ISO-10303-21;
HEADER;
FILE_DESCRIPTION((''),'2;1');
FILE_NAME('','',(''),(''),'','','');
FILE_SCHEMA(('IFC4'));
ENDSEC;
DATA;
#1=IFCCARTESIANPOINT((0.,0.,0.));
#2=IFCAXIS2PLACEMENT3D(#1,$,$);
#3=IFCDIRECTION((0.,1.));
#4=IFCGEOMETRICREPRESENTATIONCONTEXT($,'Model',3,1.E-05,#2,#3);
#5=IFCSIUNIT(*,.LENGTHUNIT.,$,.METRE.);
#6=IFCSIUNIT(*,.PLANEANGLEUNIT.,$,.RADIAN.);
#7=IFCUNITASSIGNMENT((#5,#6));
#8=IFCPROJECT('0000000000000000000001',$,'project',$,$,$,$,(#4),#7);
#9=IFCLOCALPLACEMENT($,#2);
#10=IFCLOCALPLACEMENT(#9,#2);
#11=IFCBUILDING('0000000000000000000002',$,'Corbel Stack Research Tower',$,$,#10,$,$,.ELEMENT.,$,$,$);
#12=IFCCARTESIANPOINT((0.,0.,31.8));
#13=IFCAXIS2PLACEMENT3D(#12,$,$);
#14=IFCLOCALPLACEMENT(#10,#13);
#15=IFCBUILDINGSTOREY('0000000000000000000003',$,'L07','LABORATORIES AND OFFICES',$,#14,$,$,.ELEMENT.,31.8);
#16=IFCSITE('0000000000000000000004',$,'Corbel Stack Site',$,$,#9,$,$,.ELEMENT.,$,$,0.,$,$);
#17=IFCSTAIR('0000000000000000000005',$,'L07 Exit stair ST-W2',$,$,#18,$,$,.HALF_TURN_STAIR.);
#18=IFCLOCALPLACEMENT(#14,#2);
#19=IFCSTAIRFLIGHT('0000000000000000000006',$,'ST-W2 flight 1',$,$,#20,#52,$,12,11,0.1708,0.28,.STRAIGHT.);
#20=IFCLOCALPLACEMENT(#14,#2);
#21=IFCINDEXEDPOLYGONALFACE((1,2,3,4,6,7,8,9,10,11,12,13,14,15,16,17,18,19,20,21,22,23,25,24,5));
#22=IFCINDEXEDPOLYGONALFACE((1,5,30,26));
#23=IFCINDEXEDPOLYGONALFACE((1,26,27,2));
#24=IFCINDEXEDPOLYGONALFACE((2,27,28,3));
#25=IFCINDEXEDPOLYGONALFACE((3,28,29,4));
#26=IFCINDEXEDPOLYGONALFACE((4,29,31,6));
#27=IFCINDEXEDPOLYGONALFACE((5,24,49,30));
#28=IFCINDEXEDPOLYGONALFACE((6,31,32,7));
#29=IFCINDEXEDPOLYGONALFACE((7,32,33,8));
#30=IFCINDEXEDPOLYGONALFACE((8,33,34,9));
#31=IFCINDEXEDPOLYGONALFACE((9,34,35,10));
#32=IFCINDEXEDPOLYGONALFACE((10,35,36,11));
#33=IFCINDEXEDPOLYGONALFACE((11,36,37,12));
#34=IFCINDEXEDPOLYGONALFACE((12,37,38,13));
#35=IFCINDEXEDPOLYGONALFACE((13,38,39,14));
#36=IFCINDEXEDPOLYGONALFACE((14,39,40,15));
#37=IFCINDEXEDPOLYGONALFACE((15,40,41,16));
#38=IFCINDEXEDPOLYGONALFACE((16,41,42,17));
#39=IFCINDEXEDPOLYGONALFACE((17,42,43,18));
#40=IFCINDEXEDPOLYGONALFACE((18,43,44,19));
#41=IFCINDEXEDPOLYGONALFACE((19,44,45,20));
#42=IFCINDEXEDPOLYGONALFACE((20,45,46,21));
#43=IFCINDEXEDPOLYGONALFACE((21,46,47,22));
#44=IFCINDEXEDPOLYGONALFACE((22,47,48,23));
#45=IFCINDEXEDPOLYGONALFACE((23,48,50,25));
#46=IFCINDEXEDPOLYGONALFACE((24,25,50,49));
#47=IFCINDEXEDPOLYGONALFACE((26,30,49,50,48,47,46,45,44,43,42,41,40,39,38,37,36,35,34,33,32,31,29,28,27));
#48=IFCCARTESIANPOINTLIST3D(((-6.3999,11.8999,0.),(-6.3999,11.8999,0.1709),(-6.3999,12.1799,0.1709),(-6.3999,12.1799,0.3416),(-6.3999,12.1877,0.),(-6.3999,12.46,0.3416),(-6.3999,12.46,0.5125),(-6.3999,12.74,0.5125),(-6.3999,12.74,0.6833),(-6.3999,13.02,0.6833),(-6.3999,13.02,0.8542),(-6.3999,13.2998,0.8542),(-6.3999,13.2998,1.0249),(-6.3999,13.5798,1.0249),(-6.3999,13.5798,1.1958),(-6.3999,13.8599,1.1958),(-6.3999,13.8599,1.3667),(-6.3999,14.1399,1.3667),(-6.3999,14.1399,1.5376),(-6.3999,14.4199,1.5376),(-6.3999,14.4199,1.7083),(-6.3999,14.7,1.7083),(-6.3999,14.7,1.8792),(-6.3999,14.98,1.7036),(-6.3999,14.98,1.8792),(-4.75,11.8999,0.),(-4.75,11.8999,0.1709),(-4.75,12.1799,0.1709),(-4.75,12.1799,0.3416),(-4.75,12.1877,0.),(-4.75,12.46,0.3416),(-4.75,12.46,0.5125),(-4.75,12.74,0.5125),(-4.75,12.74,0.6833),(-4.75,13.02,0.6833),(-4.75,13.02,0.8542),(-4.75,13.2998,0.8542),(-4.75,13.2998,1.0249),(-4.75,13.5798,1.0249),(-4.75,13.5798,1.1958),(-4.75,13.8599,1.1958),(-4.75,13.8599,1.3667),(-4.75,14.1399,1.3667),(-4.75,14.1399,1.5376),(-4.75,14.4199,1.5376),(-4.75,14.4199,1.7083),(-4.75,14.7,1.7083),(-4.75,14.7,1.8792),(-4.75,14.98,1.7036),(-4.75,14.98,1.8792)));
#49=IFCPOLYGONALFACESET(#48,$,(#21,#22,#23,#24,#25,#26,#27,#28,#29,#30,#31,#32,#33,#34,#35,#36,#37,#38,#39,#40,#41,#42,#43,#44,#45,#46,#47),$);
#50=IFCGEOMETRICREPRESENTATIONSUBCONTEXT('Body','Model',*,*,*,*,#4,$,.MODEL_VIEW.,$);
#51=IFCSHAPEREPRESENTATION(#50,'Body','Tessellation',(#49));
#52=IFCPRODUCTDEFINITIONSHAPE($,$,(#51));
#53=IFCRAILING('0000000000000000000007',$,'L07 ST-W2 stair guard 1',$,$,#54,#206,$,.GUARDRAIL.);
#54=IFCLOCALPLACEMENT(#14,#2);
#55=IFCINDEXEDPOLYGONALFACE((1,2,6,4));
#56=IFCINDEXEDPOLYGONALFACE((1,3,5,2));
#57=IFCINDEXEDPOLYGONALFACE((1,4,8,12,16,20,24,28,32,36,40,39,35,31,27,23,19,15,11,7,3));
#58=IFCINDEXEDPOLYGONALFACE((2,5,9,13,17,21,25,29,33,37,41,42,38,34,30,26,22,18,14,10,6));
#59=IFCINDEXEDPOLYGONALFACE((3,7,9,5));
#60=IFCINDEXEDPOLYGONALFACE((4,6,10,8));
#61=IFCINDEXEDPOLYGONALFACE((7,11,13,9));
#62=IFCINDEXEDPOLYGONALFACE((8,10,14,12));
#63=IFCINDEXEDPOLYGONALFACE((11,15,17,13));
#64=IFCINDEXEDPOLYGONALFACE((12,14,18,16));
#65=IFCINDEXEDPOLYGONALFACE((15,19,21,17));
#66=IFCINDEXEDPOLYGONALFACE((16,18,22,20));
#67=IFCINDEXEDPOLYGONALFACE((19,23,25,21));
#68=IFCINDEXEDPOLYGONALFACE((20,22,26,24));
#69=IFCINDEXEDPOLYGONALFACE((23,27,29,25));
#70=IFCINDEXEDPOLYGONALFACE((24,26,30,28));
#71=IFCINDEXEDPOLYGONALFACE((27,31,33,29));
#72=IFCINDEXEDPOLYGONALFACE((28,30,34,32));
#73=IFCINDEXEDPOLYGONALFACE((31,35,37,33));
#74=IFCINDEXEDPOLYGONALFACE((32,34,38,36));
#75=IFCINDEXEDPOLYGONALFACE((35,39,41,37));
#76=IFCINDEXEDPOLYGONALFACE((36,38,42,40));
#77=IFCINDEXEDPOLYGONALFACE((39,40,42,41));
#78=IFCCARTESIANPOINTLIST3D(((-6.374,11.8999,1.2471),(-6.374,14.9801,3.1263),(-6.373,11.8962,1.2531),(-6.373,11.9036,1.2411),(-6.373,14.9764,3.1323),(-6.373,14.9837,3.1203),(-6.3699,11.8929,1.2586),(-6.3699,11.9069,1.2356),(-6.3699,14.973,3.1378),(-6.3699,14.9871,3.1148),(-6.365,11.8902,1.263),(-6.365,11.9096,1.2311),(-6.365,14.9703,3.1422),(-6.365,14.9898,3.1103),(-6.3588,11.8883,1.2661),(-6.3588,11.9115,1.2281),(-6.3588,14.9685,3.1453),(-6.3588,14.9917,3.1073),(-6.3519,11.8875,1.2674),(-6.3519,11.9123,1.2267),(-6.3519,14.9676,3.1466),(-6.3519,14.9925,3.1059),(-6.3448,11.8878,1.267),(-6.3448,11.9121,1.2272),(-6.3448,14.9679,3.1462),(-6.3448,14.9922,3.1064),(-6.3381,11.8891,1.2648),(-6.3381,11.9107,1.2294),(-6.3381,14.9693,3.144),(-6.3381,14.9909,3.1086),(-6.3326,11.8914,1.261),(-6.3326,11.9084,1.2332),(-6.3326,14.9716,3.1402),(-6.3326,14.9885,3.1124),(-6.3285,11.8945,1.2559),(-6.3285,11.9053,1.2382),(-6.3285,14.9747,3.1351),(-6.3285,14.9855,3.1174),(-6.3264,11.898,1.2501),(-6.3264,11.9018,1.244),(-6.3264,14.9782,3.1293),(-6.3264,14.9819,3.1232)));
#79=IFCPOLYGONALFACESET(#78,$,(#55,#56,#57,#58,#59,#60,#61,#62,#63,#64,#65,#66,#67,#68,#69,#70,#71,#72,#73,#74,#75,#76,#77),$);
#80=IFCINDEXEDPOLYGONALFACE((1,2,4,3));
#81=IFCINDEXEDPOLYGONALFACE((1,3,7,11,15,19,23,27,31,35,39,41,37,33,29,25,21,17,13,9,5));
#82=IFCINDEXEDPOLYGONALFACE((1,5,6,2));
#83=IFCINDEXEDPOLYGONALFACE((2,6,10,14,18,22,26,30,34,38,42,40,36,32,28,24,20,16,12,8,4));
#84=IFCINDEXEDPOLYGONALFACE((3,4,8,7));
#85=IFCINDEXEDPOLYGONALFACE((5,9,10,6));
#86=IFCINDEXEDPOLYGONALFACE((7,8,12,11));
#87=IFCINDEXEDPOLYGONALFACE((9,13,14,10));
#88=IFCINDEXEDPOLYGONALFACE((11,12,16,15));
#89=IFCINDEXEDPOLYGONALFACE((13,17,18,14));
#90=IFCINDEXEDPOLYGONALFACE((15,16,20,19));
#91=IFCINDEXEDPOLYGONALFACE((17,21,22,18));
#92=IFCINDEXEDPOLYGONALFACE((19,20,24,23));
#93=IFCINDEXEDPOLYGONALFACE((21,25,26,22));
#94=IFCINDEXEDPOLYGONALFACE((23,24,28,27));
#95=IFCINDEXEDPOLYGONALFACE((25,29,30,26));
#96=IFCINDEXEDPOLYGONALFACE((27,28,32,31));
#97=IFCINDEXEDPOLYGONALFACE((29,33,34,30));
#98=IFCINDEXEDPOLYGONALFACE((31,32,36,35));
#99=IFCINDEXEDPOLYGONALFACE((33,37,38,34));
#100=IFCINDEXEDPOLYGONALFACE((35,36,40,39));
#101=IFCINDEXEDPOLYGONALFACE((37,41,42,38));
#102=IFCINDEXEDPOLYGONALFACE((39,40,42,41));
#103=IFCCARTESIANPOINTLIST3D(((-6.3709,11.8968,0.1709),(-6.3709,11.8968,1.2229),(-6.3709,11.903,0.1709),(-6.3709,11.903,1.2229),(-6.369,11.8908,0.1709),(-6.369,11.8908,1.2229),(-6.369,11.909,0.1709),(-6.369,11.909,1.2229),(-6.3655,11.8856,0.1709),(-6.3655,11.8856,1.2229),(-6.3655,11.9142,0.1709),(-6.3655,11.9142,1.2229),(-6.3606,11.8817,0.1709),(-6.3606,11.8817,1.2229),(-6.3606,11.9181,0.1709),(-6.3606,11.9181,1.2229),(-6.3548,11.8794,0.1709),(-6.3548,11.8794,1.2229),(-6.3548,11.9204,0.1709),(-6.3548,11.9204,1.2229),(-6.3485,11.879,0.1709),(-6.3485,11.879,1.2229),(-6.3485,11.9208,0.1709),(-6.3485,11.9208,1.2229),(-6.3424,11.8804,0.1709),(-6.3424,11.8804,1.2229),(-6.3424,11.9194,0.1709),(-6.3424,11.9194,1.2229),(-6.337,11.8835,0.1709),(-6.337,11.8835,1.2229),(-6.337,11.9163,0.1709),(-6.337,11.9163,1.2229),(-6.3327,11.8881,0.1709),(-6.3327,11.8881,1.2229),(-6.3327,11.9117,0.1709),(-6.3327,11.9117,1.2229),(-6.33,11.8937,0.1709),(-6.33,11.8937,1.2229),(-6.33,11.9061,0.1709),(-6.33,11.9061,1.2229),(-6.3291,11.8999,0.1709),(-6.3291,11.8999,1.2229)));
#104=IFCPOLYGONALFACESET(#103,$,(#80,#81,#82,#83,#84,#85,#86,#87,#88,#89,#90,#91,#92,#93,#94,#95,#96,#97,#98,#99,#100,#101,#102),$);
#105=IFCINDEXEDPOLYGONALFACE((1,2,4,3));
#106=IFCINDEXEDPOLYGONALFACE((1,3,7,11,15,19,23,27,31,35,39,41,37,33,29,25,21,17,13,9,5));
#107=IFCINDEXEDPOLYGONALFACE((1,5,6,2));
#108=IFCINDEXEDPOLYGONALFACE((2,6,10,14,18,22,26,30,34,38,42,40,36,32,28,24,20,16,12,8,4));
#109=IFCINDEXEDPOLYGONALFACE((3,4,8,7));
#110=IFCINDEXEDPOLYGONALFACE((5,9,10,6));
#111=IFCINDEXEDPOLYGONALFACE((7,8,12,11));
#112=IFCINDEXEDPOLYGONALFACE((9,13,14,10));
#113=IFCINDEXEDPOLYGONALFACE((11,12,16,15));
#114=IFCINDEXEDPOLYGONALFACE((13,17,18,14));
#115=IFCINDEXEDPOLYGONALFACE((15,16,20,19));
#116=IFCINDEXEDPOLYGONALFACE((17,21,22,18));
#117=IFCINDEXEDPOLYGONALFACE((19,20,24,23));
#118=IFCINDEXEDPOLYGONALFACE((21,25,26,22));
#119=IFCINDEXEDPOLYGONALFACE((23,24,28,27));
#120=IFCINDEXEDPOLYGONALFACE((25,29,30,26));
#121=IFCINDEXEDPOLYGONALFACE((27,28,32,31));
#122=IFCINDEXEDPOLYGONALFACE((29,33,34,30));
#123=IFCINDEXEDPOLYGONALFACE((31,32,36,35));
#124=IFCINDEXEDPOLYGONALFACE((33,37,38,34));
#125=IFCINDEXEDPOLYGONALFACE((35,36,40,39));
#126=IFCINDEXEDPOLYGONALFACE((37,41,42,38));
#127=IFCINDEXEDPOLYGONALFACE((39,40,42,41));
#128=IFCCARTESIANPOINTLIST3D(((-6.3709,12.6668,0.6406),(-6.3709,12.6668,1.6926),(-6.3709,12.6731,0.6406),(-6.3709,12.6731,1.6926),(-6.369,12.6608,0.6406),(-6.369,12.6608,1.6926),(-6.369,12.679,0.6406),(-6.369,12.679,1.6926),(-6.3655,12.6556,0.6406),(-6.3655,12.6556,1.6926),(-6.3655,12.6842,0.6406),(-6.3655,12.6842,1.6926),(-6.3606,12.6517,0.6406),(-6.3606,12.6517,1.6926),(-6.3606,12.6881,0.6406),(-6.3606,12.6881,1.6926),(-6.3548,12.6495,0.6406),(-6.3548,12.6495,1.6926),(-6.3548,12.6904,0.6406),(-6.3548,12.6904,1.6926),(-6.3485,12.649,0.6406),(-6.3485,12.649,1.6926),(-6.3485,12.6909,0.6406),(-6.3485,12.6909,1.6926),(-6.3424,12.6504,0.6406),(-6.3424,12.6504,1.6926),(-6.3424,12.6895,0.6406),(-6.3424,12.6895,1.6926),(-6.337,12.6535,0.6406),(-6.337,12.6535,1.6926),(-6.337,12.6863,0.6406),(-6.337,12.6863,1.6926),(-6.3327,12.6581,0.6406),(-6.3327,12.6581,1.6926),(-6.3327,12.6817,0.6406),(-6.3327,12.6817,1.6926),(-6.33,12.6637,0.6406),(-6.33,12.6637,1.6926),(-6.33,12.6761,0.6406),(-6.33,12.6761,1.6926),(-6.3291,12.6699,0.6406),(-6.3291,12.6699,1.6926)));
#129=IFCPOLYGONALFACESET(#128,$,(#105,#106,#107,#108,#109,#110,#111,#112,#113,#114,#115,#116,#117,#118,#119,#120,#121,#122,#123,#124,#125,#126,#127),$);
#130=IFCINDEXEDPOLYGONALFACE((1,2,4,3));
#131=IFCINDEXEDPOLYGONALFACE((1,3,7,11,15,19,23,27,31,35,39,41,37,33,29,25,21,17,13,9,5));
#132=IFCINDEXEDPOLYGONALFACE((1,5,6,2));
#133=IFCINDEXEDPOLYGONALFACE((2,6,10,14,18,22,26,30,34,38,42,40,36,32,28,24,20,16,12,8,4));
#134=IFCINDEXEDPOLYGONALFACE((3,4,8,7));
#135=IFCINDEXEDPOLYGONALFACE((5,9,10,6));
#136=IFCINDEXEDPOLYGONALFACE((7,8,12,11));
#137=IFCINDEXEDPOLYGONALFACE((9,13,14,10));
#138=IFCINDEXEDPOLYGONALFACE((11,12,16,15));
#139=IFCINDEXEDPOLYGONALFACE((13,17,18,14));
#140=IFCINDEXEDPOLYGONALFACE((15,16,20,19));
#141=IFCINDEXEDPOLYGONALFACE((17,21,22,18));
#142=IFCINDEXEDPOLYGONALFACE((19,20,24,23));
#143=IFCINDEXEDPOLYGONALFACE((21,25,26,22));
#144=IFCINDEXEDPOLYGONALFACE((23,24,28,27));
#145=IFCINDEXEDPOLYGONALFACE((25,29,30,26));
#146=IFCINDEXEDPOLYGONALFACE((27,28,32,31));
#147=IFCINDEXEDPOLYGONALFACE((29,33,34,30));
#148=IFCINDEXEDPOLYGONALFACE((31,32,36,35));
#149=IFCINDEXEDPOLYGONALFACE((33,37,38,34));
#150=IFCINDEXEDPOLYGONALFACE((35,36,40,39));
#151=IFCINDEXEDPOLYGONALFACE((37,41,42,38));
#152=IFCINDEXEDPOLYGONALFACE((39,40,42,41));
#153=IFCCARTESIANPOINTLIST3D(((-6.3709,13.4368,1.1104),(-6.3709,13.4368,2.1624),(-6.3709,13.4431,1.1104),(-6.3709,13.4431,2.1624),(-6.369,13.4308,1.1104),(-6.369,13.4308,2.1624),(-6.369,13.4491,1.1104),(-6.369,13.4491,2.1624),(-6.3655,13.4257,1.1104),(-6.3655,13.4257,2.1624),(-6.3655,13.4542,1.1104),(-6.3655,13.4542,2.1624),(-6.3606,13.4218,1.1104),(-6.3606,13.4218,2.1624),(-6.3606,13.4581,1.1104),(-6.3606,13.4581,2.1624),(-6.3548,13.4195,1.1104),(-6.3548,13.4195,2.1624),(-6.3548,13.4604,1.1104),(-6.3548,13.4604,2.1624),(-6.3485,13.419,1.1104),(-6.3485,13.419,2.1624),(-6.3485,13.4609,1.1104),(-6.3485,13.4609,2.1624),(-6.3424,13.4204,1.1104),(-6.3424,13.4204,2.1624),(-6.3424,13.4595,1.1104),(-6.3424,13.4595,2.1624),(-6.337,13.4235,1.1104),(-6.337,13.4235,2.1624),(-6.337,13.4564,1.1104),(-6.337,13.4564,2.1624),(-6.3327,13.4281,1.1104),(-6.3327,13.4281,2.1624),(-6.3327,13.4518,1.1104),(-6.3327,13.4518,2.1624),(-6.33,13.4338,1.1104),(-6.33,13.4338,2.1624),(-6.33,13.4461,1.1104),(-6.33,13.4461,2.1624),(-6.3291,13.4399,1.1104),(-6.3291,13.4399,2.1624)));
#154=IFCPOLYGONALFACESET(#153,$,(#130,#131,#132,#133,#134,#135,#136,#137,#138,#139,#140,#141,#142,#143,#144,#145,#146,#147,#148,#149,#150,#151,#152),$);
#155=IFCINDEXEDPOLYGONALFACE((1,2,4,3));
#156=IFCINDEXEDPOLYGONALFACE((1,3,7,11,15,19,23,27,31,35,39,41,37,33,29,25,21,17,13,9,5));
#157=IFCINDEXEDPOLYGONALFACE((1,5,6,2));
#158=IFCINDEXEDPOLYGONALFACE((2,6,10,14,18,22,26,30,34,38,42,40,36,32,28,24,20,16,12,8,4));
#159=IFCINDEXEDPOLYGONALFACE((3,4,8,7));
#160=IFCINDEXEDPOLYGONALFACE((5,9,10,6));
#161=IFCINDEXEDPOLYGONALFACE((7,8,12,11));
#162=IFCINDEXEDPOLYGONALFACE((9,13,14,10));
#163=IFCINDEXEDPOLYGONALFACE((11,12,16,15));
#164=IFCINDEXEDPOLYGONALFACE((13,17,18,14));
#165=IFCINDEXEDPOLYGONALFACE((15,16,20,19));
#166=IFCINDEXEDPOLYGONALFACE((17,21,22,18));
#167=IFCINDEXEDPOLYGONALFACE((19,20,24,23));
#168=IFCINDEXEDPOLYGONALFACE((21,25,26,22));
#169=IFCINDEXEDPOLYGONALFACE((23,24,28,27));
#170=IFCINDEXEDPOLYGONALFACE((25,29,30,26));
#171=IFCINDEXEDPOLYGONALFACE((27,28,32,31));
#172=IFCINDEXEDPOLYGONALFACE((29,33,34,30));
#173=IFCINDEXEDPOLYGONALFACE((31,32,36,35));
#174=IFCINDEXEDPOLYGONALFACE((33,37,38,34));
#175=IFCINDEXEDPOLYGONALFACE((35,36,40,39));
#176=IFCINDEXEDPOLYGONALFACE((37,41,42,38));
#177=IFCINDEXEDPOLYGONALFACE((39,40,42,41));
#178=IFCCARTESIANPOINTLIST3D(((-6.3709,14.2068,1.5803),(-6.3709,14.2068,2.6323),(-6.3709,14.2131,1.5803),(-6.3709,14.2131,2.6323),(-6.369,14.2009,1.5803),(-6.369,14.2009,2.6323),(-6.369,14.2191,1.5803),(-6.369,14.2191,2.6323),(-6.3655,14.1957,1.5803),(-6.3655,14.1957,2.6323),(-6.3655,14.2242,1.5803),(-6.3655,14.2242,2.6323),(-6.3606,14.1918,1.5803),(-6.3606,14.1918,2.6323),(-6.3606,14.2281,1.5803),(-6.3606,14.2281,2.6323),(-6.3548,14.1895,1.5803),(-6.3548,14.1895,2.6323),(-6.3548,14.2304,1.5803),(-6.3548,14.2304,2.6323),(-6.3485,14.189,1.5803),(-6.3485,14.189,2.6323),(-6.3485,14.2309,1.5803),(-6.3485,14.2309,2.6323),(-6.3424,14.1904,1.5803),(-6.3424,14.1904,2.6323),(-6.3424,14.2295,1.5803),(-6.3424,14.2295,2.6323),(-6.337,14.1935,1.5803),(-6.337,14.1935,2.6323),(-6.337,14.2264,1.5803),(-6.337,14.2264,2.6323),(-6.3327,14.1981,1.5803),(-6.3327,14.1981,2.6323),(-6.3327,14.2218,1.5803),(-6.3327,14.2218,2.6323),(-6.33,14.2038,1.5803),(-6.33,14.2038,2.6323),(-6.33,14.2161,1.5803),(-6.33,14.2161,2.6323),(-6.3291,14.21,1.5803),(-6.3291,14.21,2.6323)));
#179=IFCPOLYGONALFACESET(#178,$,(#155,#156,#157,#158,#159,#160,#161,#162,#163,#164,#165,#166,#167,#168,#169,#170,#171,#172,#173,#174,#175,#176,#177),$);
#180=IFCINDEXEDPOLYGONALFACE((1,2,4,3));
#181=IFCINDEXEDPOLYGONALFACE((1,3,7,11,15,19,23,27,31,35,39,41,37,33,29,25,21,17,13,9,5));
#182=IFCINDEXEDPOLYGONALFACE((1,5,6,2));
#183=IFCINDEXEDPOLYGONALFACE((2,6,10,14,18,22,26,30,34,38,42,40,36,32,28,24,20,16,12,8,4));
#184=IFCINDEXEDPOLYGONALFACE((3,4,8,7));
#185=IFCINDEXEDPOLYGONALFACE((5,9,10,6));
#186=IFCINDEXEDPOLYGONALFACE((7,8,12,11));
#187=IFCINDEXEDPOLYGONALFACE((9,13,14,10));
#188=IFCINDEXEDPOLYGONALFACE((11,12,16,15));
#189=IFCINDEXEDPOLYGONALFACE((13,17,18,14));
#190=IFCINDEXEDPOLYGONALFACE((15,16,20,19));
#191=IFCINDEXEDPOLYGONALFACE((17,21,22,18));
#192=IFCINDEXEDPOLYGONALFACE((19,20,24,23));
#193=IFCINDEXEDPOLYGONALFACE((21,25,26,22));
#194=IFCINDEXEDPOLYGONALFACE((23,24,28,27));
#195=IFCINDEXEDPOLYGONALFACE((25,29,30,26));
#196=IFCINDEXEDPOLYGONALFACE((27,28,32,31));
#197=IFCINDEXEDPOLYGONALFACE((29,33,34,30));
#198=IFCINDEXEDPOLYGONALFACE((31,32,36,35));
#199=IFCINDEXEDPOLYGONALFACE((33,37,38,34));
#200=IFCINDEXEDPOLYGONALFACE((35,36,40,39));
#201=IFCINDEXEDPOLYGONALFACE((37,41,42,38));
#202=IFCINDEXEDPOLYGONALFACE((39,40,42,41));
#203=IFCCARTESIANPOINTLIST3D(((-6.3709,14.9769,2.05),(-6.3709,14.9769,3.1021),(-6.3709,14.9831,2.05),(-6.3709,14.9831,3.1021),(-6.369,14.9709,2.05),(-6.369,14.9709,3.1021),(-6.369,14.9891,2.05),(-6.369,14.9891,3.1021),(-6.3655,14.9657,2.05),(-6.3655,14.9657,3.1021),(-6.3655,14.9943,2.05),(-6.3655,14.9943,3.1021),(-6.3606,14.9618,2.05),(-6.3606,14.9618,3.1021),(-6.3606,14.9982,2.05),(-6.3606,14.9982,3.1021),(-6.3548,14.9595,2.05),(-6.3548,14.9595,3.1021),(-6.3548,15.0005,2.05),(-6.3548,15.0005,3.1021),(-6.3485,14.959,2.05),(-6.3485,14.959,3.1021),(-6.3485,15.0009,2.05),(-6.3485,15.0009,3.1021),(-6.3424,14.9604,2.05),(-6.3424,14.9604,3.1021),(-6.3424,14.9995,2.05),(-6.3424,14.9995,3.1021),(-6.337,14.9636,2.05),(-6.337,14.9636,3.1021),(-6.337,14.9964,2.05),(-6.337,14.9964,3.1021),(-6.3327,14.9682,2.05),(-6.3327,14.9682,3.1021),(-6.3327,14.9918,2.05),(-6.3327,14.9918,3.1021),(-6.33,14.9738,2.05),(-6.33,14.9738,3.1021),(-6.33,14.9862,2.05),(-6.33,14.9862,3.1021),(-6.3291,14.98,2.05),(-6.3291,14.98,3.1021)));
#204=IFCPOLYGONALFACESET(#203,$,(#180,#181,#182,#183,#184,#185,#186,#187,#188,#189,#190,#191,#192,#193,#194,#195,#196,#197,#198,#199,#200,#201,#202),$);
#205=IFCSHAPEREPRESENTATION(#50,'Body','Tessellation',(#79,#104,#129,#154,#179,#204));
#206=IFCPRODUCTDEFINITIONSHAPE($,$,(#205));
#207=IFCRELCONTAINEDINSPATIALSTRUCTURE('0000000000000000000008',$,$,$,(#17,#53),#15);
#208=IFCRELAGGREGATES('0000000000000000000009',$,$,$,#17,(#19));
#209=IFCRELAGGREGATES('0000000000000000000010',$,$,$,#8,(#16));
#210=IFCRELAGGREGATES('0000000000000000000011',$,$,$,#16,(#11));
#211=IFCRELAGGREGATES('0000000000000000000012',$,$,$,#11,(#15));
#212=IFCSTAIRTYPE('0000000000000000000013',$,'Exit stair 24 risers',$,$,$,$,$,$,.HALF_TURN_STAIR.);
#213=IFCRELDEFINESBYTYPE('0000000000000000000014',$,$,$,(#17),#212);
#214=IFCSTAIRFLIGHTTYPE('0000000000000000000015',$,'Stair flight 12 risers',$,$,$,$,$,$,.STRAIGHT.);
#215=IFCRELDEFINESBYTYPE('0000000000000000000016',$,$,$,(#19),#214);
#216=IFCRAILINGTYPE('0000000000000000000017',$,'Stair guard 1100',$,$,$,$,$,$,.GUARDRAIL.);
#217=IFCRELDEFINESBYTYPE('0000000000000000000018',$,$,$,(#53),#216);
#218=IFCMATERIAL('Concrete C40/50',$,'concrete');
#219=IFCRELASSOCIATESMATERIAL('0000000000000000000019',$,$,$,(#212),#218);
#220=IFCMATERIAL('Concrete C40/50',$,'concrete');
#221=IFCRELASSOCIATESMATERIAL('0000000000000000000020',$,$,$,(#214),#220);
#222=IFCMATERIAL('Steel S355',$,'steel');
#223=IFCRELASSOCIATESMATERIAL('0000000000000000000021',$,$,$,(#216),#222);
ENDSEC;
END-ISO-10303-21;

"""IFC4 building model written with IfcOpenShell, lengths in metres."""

from ifc_helpers import new_model, si_unit, direction, frame, origin, origin_2d, place, context, subcontext, project, spatial, polyline, circle, outline, extrude, material, type_object, element, aggregate, save


model = new_model("IFC4")

# Units and contexts
model_context = context("Model", 3, precision=1e-05, world=origin(), true_north=direction((0.0, 1.0)))
body_context = subcontext(model_context, "Body", "Model", "MODEL_VIEW")
ifc_project = project(units=[si_unit("LENGTHUNIT", "METRE"), si_unit("PLANEANGLEUNIT", "RADIAN")], contexts=[model_context])

# Site, building, storey
site_placement = place(None, origin())
site = spatial("IfcSite", under=ifc_project, at=site_placement, Name="Corbel Stack Site", CompositionType="ELEMENT", RefElevation=0.0)
building_placement = place(site_placement, origin())
building = spatial("IfcBuilding", under=site, at=building_placement, Name="Corbel Stack Research Tower", CompositionType="ELEMENT")
storey_placement = place(building_placement, frame((0.0, 0.0, 31.8)))
storey = spatial("IfcBuildingStorey", under=building, at=storey_placement, Name="L07", Description="LABORATORIES AND OFFICES", CompositionType="ELEMENT", Elevation=31.8)

# Stair, stair flight
ifc_material_1 = material(Name="Concrete C40/50", Category="concrete")
stair_type = type_object("IfcStairType", Name="Exit stair 24 risers", PredefinedType="HALF_TURN_STAIR", material=ifc_material_1)
stair_placement = place(storey_placement, origin())
stair = element("IfcStair", 1, at=stair_placement, inside=storey, type_object=stair_type, Name="L07 Exit stair ST-W2", PredefinedType="HALF_TURN_STAIR")
ifc_material_2 = material(Name="Concrete C40/50", Category="concrete")
stair_flight_type = type_object("IfcStairFlightType", Name="Stair flight 12 risers", PredefinedType="STRAIGHT", material=ifc_material_2)
stair_flight_placement = place(storey_placement, frame((-5.575, 11.8999, 0.0), z_axis=(0.0, 0.0, 1.0), x_axis=(0.0, 1.0, 0.0)))
stair_flight = element("IfcStairFlight", 2, at=stair_flight_placement, type_object=stair_flight_type, Name="ST-W2 flight 1", NumberOfRisers=12, NumberOfTreads=11, PredefinedType="STRAIGHT", RiserHeight=0.1708, TreadLength=0.28, context=body_context, shape_type="SweptSolid", body=[
    extrude(outline(polyline([(0.0, 0.0), (0.0, 0.1709), (0.28, 0.1709), (0.28, 0.3416), (0.5601, 0.3416), (0.5601, 0.5125), (0.8401, 0.5125), (0.8401, 0.6833), (1.1201, 0.6833), (1.1201, 0.8542), (1.3999, 0.8542), (1.3999, 1.0249), (1.6799, 1.0249), (1.6799, 1.1958), (1.96, 1.1958), (1.96, 1.3667), (2.24, 1.3667), (2.24, 1.5376), (2.52, 1.5376), (2.52, 1.7083), (2.8, 1.7083), (2.8, 1.8792), (3.0801, 1.8792), (3.0801, 2.05), (3.0801, 1.7036), (0.2878, 0.0), (0.0, 0.0)])), frame((0.0, 0.825, 0.0), z_axis=(0.0, -1.0, 0.0), x_axis=(1.0, 0.0, 0.0)), (0.0, 0.0, 1.0), 1.6499),
])
aggregate(stair, [stair_flight])

# Railing
ifc_material_3 = material(Name="Steel S355", Category="steel")
railing_type = type_object("IfcRailingType", Name="Stair guard 1100", PredefinedType="GUARDRAIL", material=ifc_material_3)
railing_1_placement = place(storey_placement, frame((-6.3501, 11.8999, 0.1709)))
element("IfcRailing", 3, at=railing_1_placement, inside=storey, type_object=railing_type, Name="L07 ST-W2 stair guard 1", PredefinedType="GUARDRAIL", context=body_context, shape_type="SweptSolid", body=[
    extrude(circle(Radius=0.0239, at=origin_2d()), frame((0.0, 0.0, 1.0762), z_axis=(0.0, 0.853666, 0.52082), x_axis=(-1.0, 0.0, 0.0)), (0.0, 0.0, 1.0), 3.6082),
    extrude(circle(Radius=0.021, at=origin_2d()), origin(), (0.0, 0.0, 1.0), 1.052),
    extrude(circle(Radius=0.021, at=origin_2d()), frame((0.0, 0.77, 0.4697)), (0.0, 0.0, 1.0), 1.052),
    extrude(circle(Radius=0.021, at=origin_2d()), frame((0.0, 1.54, 0.9395)), (0.0, 0.0, 1.0), 1.052),
    extrude(circle(Radius=0.021, at=origin_2d()), frame((0.0, 2.3101, 1.4094)), (0.0, 0.0, 1.0), 1.052),
    extrude(circle(Radius=0.021, at=origin_2d()), frame((0.0, 3.0801, 1.8792)), (0.0, 0.0, 1.0), 1.052),
])

save(model, "model.ifc")
